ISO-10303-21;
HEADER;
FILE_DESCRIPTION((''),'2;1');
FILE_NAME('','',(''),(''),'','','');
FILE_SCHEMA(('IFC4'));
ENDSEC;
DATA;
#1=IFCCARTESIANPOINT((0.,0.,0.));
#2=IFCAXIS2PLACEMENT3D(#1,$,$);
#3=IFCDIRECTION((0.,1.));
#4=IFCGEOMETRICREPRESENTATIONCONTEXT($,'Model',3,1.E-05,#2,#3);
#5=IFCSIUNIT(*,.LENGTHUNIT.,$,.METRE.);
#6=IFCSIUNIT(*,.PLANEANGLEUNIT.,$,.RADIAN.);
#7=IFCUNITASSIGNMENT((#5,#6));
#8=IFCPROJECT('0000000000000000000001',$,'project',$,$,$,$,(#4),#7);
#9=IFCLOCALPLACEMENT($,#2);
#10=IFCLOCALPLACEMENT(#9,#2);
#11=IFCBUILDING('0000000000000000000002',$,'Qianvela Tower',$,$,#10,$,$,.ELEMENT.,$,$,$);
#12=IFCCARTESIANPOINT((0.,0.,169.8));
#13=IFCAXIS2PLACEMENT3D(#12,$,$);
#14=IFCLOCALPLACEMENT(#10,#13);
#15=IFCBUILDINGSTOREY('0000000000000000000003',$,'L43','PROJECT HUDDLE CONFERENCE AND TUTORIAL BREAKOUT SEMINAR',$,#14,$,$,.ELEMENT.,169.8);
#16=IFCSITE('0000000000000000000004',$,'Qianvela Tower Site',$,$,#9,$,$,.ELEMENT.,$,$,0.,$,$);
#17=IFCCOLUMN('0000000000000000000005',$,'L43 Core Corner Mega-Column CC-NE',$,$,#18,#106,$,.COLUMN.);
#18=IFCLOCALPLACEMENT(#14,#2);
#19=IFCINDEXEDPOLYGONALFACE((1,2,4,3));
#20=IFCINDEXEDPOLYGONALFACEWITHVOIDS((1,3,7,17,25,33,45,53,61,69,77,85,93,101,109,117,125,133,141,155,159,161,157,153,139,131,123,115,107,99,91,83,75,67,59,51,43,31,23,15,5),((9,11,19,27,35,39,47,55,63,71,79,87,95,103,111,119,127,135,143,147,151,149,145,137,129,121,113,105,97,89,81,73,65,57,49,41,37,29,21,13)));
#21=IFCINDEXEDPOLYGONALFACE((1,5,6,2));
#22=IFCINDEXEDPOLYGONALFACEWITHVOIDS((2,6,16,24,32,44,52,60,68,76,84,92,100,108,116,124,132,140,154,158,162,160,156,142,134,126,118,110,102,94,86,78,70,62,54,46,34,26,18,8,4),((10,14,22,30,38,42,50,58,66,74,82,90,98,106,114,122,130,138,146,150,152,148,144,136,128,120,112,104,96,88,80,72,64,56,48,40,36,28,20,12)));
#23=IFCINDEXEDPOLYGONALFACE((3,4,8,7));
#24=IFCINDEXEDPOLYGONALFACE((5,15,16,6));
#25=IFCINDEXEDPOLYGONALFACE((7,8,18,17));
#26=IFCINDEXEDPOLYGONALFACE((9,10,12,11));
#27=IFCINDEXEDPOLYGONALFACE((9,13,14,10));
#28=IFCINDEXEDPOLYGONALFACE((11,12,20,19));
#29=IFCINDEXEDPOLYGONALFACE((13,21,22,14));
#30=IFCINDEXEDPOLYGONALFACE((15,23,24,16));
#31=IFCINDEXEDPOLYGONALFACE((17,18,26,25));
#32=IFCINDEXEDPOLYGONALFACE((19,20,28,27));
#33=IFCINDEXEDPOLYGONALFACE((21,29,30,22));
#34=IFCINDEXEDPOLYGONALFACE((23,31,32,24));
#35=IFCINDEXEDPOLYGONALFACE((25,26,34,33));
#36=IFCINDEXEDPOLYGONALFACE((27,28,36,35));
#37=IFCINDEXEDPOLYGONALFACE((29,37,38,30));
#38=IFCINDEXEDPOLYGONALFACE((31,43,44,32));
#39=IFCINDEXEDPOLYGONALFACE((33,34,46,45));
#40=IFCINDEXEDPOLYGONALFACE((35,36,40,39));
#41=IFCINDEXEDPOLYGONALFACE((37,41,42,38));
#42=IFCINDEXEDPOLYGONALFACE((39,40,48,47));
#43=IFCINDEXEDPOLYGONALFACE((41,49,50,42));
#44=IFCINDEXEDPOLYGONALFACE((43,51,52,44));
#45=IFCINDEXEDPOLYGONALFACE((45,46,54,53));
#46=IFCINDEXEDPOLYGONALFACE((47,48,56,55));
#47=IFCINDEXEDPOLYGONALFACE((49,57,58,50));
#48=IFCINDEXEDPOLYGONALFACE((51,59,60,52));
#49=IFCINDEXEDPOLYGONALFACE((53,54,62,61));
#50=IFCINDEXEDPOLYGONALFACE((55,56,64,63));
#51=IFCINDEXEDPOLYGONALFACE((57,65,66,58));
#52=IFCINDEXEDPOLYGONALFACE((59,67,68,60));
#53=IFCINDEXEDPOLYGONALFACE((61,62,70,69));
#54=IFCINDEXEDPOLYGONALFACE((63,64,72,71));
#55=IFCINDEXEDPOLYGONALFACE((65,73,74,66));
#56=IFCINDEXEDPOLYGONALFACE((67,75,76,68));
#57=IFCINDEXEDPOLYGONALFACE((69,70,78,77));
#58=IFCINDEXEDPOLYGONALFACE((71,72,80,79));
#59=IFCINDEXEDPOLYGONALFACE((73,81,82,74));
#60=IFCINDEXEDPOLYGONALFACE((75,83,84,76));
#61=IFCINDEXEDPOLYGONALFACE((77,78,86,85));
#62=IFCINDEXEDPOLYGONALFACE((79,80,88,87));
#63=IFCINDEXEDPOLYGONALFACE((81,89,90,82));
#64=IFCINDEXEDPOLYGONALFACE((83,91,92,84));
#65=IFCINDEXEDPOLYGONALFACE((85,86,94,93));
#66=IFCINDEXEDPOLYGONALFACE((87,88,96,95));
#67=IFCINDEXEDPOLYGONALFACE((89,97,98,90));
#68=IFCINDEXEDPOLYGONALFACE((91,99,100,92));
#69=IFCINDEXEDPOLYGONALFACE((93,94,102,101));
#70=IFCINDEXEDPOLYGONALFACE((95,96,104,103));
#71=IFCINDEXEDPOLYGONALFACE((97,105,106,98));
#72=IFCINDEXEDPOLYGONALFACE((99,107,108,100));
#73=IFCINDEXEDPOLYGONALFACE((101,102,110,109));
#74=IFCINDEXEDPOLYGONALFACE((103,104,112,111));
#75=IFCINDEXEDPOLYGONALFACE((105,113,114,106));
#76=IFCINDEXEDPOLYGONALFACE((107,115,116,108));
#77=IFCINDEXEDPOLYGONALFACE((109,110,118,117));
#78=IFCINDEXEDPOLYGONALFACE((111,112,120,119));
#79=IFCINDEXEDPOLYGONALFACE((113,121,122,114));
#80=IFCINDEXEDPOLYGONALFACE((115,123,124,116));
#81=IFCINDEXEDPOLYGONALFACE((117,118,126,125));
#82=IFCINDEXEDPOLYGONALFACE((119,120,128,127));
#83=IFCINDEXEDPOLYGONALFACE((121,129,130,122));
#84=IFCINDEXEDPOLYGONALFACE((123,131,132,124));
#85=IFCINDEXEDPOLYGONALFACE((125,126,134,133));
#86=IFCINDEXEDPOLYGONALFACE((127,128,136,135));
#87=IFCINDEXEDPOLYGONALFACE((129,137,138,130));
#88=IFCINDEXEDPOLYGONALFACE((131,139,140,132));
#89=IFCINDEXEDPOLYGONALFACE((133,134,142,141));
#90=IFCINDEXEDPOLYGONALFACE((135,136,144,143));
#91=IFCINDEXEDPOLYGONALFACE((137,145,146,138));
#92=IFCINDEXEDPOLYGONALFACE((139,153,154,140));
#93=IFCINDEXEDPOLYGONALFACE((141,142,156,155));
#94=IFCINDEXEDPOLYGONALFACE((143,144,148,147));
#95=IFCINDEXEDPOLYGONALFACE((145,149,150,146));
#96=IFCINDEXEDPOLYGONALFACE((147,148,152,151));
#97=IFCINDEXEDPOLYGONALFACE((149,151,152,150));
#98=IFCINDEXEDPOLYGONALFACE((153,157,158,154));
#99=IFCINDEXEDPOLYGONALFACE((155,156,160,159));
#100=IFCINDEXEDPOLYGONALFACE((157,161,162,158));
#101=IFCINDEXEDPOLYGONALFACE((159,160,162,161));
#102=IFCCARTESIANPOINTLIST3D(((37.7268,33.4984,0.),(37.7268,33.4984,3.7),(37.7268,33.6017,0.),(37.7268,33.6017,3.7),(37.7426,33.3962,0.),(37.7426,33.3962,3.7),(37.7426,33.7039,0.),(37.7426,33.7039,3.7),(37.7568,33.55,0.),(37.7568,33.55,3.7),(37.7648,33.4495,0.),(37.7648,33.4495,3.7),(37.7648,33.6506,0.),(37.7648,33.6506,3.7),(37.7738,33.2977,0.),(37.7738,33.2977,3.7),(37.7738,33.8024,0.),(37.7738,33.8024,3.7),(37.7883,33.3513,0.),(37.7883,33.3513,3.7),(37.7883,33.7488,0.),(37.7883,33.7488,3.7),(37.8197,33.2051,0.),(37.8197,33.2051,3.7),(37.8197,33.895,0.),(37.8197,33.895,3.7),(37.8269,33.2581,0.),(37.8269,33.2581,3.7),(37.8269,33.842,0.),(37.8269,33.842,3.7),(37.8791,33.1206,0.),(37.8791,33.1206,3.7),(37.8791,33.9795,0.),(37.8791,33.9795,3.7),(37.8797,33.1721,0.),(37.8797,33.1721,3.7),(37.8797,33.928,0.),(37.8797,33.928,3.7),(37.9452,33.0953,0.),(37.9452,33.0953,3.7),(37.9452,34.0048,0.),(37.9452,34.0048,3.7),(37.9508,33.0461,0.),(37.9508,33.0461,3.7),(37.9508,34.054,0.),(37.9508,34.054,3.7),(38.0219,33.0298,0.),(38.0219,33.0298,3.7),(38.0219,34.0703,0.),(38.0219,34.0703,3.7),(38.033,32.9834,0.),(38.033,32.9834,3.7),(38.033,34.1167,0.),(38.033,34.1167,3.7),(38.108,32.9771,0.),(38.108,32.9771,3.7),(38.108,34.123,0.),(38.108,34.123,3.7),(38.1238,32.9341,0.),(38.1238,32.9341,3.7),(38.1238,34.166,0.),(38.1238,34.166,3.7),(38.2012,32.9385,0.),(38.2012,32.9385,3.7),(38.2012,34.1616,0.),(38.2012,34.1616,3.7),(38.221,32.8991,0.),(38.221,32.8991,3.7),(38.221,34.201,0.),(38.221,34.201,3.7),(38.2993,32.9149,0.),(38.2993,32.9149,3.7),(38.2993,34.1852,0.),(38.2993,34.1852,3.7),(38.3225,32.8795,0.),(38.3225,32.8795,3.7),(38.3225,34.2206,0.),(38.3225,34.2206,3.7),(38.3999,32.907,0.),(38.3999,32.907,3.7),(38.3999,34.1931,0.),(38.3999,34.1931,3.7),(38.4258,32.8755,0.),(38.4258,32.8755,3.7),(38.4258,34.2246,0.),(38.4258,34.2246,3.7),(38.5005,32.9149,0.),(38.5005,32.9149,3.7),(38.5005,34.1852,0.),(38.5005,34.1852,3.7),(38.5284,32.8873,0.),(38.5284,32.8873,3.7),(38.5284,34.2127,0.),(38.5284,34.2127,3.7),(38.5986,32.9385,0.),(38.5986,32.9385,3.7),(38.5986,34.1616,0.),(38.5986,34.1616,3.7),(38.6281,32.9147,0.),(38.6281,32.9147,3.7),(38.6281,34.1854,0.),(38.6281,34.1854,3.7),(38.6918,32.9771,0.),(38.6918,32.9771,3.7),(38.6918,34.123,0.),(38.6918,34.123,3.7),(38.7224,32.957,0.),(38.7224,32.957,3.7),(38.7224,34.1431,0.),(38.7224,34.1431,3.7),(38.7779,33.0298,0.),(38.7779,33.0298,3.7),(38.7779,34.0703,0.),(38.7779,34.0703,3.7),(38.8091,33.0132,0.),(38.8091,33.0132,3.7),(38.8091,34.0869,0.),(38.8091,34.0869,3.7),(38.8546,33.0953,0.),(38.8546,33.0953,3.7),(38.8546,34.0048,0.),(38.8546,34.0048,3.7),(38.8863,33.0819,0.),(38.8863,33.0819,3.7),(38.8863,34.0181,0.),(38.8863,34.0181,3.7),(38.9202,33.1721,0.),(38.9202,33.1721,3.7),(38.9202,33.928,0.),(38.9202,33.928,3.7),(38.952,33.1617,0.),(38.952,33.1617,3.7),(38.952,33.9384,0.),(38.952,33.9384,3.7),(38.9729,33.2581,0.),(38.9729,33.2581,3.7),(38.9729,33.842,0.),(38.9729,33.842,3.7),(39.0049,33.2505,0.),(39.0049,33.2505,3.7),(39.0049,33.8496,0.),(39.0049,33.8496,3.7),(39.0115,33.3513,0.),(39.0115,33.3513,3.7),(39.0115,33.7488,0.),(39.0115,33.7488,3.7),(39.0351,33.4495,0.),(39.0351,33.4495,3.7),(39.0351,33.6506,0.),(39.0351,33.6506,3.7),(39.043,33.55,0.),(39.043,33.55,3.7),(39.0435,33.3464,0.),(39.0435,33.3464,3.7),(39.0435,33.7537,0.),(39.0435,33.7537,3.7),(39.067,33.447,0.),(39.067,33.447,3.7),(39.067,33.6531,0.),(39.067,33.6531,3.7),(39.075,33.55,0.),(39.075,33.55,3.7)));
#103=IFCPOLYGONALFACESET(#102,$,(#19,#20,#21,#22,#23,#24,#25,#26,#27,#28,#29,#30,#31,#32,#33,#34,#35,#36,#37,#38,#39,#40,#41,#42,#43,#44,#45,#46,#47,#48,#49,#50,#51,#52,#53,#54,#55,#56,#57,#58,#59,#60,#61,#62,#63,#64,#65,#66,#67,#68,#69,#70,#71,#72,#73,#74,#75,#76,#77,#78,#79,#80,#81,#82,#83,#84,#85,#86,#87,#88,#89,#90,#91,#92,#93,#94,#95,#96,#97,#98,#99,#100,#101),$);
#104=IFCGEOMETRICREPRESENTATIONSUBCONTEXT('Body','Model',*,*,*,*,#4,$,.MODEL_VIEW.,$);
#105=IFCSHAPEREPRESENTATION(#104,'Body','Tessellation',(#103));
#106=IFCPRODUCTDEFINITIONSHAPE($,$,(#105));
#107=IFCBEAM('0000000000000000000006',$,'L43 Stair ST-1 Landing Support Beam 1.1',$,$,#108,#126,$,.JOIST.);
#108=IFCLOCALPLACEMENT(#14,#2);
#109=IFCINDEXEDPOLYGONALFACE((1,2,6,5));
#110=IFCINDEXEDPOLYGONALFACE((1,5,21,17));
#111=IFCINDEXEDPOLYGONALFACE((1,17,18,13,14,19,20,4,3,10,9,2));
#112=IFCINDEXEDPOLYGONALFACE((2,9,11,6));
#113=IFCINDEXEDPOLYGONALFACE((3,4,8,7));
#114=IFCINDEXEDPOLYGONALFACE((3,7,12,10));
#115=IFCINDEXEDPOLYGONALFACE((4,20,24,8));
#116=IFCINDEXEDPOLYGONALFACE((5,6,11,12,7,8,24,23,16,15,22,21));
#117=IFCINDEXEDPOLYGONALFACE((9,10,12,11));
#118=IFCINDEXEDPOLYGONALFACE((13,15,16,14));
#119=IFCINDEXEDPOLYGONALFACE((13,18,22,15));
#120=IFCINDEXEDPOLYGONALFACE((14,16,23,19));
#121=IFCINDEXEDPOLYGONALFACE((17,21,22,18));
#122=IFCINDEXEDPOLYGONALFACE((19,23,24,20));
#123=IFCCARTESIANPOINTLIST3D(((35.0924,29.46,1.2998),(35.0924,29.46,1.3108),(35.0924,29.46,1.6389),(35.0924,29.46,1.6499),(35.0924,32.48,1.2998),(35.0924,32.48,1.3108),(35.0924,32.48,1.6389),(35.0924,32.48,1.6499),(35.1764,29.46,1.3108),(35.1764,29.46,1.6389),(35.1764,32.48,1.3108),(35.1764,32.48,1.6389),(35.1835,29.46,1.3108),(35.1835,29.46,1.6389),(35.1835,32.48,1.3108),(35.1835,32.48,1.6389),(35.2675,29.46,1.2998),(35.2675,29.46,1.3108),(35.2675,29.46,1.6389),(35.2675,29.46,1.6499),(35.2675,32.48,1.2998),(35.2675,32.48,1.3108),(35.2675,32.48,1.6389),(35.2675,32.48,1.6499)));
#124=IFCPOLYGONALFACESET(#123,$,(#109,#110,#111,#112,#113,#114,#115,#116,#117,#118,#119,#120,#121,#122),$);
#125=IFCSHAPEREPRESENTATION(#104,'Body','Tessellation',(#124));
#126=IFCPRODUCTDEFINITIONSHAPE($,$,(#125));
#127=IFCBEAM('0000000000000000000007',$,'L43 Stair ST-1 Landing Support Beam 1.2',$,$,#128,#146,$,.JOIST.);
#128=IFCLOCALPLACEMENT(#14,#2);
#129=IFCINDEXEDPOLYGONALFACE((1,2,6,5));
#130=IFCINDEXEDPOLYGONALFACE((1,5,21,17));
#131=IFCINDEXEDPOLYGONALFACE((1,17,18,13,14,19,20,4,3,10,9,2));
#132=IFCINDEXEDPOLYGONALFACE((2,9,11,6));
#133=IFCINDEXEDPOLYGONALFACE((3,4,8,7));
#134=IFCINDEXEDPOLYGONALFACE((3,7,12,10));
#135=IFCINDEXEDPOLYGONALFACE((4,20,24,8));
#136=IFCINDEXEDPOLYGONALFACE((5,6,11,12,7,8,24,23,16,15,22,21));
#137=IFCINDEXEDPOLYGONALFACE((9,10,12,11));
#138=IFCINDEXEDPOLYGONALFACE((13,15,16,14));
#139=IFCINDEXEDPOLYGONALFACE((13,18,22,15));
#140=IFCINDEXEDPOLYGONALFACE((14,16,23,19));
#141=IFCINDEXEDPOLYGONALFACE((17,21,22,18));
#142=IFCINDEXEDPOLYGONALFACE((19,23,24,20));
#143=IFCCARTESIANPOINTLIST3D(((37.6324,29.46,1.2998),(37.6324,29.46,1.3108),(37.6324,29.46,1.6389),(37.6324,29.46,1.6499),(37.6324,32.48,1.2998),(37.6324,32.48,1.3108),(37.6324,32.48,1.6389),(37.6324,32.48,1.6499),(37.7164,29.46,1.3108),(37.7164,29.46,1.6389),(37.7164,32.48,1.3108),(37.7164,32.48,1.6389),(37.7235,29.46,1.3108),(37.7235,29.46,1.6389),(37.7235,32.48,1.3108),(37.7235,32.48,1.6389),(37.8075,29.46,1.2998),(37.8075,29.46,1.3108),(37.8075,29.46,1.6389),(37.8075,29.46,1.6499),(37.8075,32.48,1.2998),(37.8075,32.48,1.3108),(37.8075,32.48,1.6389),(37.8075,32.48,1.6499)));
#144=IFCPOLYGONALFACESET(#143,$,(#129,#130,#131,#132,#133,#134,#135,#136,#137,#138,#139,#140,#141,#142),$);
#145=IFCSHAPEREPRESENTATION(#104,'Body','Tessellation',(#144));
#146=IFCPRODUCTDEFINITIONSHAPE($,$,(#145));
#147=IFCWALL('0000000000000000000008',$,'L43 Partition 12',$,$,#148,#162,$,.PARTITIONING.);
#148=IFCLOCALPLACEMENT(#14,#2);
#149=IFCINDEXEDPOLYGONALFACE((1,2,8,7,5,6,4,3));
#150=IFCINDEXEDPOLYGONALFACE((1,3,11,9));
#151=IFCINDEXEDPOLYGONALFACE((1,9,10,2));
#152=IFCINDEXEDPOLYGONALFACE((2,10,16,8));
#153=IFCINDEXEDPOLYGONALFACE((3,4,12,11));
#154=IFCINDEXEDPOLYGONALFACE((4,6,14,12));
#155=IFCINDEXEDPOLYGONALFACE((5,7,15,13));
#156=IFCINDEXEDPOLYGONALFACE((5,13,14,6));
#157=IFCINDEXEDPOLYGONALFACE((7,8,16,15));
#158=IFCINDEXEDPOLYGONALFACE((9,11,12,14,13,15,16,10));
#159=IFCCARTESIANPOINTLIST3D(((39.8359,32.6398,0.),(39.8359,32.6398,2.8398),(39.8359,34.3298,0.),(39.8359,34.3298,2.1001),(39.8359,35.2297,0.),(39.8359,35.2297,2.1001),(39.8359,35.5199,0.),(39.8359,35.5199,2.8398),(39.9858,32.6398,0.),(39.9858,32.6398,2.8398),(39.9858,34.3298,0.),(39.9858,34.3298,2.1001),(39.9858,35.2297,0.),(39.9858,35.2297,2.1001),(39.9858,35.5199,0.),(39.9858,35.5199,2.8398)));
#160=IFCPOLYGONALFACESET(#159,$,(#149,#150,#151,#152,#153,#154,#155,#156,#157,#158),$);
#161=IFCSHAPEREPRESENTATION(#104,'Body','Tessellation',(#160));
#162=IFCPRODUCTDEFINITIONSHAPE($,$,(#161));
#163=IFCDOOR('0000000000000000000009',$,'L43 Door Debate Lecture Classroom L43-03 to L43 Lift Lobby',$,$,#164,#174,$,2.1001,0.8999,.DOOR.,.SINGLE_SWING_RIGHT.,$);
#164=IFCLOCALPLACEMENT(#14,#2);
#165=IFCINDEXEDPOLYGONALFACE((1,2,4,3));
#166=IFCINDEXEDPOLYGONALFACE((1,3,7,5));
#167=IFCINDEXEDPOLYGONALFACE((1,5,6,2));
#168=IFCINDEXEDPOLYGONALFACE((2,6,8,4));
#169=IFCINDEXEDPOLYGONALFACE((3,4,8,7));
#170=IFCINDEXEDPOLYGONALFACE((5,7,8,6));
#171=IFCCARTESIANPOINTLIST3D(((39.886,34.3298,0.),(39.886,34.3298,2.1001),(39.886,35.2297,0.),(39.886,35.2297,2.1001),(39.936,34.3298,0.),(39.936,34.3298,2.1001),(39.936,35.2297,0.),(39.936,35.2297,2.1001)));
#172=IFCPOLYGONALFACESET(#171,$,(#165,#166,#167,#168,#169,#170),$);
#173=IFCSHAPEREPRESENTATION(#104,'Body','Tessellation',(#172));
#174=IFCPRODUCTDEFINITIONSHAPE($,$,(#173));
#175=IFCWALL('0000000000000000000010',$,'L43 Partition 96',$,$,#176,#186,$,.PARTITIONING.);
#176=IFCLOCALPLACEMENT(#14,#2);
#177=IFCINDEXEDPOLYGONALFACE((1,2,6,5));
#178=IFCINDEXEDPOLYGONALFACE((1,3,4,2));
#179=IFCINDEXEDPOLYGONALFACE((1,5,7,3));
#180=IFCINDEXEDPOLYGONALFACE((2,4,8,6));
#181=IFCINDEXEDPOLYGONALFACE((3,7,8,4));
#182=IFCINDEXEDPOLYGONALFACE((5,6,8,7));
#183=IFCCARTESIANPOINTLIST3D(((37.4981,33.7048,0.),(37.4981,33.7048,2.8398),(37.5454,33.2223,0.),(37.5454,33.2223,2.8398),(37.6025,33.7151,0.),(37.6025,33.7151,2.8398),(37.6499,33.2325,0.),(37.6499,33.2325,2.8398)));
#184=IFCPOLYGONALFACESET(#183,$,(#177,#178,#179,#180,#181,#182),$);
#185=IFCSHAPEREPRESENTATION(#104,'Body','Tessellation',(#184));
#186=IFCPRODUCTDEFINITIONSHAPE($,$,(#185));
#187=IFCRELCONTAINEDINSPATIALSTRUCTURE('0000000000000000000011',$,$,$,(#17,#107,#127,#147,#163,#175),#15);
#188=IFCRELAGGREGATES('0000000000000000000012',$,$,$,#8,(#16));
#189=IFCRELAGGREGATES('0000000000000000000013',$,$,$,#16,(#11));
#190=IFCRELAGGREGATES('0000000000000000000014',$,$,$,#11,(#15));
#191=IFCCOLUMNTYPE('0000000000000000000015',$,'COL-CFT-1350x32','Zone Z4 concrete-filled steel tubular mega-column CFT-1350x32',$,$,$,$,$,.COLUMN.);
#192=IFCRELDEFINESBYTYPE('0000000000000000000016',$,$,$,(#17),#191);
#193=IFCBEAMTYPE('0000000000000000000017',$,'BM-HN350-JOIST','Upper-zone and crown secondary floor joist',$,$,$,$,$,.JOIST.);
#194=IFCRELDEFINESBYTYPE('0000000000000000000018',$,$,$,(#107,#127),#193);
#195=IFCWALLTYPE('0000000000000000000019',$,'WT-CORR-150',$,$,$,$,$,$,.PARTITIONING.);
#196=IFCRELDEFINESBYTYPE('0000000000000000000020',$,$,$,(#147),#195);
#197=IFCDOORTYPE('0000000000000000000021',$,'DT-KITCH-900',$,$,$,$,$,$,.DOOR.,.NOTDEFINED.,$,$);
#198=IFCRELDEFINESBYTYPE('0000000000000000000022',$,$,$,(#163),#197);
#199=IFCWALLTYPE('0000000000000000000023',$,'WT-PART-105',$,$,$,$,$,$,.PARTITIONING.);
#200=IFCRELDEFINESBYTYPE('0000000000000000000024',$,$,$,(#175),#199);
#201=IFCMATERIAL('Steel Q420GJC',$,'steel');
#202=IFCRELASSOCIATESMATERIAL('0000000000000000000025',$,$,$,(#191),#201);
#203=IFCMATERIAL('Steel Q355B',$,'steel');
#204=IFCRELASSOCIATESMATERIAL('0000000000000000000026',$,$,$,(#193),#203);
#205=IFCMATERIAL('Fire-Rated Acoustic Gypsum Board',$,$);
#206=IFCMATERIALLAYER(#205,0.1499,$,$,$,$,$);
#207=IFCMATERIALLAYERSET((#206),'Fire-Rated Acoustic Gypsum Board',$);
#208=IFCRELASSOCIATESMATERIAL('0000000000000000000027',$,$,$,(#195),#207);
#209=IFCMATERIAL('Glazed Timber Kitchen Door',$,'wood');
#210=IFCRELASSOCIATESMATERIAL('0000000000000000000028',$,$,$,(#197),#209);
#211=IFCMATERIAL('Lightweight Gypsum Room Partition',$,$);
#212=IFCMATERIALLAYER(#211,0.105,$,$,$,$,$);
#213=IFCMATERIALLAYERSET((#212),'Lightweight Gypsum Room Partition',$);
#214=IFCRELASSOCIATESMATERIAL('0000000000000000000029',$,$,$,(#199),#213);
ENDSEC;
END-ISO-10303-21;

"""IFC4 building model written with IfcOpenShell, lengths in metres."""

from ifc_helpers import new_model, si_unit, direction, frame, frame_2d, origin, origin_2d, place, context, subcontext, project, spatial, rectangle, hollow_circle, i_section, extrude, material, layer, layer_set, material_profile, profile_set, type_object, element, fill, save


model = new_model("IFC4")

# Units and contexts
model_context = context("Model", 3, precision=1e-05, world=origin(), true_north=direction((0.0, 1.0)))
body_context = subcontext(model_context, "Body", "Model", "MODEL_VIEW")
ifc_project = project(units=[si_unit("LENGTHUNIT", "METRE"), si_unit("PLANEANGLEUNIT", "RADIAN")], contexts=[model_context])

# Site, building, storey
site_placement = place(None, origin())
site = spatial("IfcSite", under=ifc_project, at=site_placement, Name="Qianvela Tower Site", CompositionType="ELEMENT", RefElevation=0.0)
building_placement = place(site_placement, origin())
building = spatial("IfcBuilding", under=site, at=building_placement, Name="Qianvela Tower", CompositionType="ELEMENT")
storey_placement = place(building_placement, frame((0.0, 0.0, 169.8)))
storey = spatial("IfcBuildingStorey", under=building, at=storey_placement, Name="L43", Description="PROJECT HUDDLE CONFERENCE AND TUTORIAL BREAKOUT SEMINAR", CompositionType="ELEMENT", Elevation=169.8)

# Column
ifc_material_1 = material(Name="Steel Q420GJC", Category="steel")
ifc_material_profile_1 = material_profile(ifc_material_1, hollow_circle(Radius=0.675, WallThickness=0.032, at=origin_2d()), Name="CFT-1350x32")
ifc_profile_set_1 = profile_set([ifc_material_profile_1], Name="Steel Q420GJC")
column_type = type_object("IfcColumnType", Name="COL-CFT-1350x32", Description="Zone Z4 concrete-filled steel tubular mega-column CFT-1350x32", PredefinedType="COLUMN", material=ifc_profile_set_1)
column_placement = place(storey_placement, frame((38.3999, 33.55, 0.0), z_axis=(0.0, 0.0, 1.0), x_axis=(1.0, 0.0, 0.0)))
element("IfcColumn", 1, at=column_placement, inside=storey, type_object=column_type, Name="L43 Core Corner Mega-Column CC-NE", PredefinedType="COLUMN", context=body_context, shape_type="SweptSolid", body=[
    extrude(hollow_circle(Radius=0.675, WallThickness=0.032, at=origin_2d()), origin(), (0.0, 0.0, 1.0), 3.7),
])

# Beams
ifc_material_2 = material(Name="Steel Q355B", Category="steel")
ifc_material_profile_2 = material_profile(ifc_material_2, i_section(OverallWidth=0.175, OverallDepth=0.3501, WebThickness=0.0071, FlangeThickness=0.011, at=origin_2d()), Name="HN350x175x7x11")
ifc_profile_set_2 = profile_set([ifc_material_profile_2], Name="Steel Q355B")
beam_type = type_object("IfcBeamType", Name="BM-HN350-JOIST", Description="Upper-zone and crown secondary floor joist", PredefinedType="JOIST", material=ifc_profile_set_2)
for number, where, z_axis, x_axis, name in (
    (2, (35.1799, 29.46, 1.4749), (0.0, 1.0, 0.0), (-1.0, 0.0, 0.0), "L43 Stair ST-1 Landing Support Beam 1.1"),
    (3, (37.72, 29.46, 1.4749), (0.0, 1.0, 0.0), (-1.0, 0.0, 0.0), "L43 Stair ST-1 Landing Support Beam 1.2"),
):
    element("IfcBeam", number, at=place(storey_placement, frame(where, z_axis=z_axis, x_axis=x_axis)), inside=storey, type_object=beam_type, Name=name, PredefinedType="JOIST", context=body_context, shape_type="SweptSolid", body=[
        extrude(i_section(OverallWidth=0.175, OverallDepth=0.3501, WebThickness=0.0071, FlangeThickness=0.011, at=origin_2d()), origin(), (0.0, 0.0, 1.0), 3.02),
    ])

# Wall, opening, door
ifc_material_3 = material(Name="Fire-Rated Acoustic Gypsum Board")
ifc_layer_1 = layer(ifc_material_3, 0.1499)
ifc_layer_set_1 = layer_set([ifc_layer_1], Name="Fire-Rated Acoustic Gypsum Board")
wall_type_1 = type_object("IfcWallType", Name="WT-CORR-150", PredefinedType="PARTITIONING", material=ifc_layer_set_1)
wall_1_placement = place(storey_placement, frame((39.9109, 32.6399, 0.0), z_axis=(0.0, 0.0, 1.0), x_axis=(0.0, 1.0, 0.0)))
wall_1 = element("IfcWall", 4, at=wall_1_placement, inside=storey, type_object=wall_type_1, Name="L43 Partition 12", PredefinedType="PARTITIONING", context=body_context, shape_type="SweptSolid", body=[
    extrude(rectangle(XDim=2.8801, YDim=0.1499, at=frame_2d((1.4399, 0.0))), origin(), (0.0, 0.0, 1.0), 2.8398),
])
opening_1_placement = place(wall_1_placement, frame((1.6899, 0.0, 0.0)))
opening_1 = element("IfcOpeningElement", 5, at=opening_1_placement, cuts=wall_1, PredefinedType="OPENING", context=body_context, shape_type="SweptSolid", body=[
    extrude(rectangle(XDim=0.8999, YDim=2.1001, at=frame_2d((0.45, 1.05))), frame((0.0, 0.085, 0.0), z_axis=(0.0, -1.0, 0.0), x_axis=(1.0, 0.0, 0.0)), (0.0, 0.0, 1.0), 0.1699),
])
ifc_material_4 = material(Name="Glazed Timber Kitchen Door", Category="wood")
door_type_1 = type_object("IfcDoorType", Name="DT-KITCH-900", OperationType="NOTDEFINED", PredefinedType="DOOR", material=ifc_material_4)
door_1_placement = place(opening_1_placement, origin())
door_1 = element("IfcDoor", 6, at=door_1_placement, inside=storey, type_object=door_type_1, Name="L43 Door Debate Lecture Classroom L43-03 to L43 Lift Lobby", OperationType="SINGLE_SWING_RIGHT", OverallHeight=2.1001, OverallWidth=0.8999, PredefinedType="DOOR", context=body_context, shape_type="SweptSolid", body=[
    extrude(rectangle(XDim=0.8999, YDim=2.1001, at=frame_2d((0.45, 1.05))), frame((0.0, 0.0249, 0.0), z_axis=(0.0, -1.0, 0.0), x_axis=(1.0, 0.0, 0.0)), (0.0, 0.0, 1.0), 0.05),
])
fill(opening_1, door_1)

# Wall
ifc_material_5 = material(Name="Lightweight Gypsum Room Partition")
ifc_layer_2 = layer(ifc_material_5, 0.105)
ifc_layer_set_2 = layer_set([ifc_layer_2], Name="Lightweight Gypsum Room Partition")
wall_type_2 = type_object("IfcWallType", Name="WT-PART-105", PredefinedType="PARTITIONING", material=ifc_layer_set_2)
wall_2_placement = place(storey_placement, frame((37.5503, 33.71, 0.0), z_axis=(0.0, 0.0, 1.0), x_axis=(0.097659, -0.99522, 0.0)))
element("IfcWall", 7, at=wall_2_placement, inside=storey, type_object=wall_type_2, Name="L43 Partition 96", PredefinedType="PARTITIONING", context=body_context, shape_type="SweptSolid", body=[
    extrude(rectangle(XDim=0.4849, YDim=0.105, at=frame_2d((0.2424, 0.0))), origin(), (0.0, 0.0, 1.0), 2.8398),
])

save(model, "model.ifc")
